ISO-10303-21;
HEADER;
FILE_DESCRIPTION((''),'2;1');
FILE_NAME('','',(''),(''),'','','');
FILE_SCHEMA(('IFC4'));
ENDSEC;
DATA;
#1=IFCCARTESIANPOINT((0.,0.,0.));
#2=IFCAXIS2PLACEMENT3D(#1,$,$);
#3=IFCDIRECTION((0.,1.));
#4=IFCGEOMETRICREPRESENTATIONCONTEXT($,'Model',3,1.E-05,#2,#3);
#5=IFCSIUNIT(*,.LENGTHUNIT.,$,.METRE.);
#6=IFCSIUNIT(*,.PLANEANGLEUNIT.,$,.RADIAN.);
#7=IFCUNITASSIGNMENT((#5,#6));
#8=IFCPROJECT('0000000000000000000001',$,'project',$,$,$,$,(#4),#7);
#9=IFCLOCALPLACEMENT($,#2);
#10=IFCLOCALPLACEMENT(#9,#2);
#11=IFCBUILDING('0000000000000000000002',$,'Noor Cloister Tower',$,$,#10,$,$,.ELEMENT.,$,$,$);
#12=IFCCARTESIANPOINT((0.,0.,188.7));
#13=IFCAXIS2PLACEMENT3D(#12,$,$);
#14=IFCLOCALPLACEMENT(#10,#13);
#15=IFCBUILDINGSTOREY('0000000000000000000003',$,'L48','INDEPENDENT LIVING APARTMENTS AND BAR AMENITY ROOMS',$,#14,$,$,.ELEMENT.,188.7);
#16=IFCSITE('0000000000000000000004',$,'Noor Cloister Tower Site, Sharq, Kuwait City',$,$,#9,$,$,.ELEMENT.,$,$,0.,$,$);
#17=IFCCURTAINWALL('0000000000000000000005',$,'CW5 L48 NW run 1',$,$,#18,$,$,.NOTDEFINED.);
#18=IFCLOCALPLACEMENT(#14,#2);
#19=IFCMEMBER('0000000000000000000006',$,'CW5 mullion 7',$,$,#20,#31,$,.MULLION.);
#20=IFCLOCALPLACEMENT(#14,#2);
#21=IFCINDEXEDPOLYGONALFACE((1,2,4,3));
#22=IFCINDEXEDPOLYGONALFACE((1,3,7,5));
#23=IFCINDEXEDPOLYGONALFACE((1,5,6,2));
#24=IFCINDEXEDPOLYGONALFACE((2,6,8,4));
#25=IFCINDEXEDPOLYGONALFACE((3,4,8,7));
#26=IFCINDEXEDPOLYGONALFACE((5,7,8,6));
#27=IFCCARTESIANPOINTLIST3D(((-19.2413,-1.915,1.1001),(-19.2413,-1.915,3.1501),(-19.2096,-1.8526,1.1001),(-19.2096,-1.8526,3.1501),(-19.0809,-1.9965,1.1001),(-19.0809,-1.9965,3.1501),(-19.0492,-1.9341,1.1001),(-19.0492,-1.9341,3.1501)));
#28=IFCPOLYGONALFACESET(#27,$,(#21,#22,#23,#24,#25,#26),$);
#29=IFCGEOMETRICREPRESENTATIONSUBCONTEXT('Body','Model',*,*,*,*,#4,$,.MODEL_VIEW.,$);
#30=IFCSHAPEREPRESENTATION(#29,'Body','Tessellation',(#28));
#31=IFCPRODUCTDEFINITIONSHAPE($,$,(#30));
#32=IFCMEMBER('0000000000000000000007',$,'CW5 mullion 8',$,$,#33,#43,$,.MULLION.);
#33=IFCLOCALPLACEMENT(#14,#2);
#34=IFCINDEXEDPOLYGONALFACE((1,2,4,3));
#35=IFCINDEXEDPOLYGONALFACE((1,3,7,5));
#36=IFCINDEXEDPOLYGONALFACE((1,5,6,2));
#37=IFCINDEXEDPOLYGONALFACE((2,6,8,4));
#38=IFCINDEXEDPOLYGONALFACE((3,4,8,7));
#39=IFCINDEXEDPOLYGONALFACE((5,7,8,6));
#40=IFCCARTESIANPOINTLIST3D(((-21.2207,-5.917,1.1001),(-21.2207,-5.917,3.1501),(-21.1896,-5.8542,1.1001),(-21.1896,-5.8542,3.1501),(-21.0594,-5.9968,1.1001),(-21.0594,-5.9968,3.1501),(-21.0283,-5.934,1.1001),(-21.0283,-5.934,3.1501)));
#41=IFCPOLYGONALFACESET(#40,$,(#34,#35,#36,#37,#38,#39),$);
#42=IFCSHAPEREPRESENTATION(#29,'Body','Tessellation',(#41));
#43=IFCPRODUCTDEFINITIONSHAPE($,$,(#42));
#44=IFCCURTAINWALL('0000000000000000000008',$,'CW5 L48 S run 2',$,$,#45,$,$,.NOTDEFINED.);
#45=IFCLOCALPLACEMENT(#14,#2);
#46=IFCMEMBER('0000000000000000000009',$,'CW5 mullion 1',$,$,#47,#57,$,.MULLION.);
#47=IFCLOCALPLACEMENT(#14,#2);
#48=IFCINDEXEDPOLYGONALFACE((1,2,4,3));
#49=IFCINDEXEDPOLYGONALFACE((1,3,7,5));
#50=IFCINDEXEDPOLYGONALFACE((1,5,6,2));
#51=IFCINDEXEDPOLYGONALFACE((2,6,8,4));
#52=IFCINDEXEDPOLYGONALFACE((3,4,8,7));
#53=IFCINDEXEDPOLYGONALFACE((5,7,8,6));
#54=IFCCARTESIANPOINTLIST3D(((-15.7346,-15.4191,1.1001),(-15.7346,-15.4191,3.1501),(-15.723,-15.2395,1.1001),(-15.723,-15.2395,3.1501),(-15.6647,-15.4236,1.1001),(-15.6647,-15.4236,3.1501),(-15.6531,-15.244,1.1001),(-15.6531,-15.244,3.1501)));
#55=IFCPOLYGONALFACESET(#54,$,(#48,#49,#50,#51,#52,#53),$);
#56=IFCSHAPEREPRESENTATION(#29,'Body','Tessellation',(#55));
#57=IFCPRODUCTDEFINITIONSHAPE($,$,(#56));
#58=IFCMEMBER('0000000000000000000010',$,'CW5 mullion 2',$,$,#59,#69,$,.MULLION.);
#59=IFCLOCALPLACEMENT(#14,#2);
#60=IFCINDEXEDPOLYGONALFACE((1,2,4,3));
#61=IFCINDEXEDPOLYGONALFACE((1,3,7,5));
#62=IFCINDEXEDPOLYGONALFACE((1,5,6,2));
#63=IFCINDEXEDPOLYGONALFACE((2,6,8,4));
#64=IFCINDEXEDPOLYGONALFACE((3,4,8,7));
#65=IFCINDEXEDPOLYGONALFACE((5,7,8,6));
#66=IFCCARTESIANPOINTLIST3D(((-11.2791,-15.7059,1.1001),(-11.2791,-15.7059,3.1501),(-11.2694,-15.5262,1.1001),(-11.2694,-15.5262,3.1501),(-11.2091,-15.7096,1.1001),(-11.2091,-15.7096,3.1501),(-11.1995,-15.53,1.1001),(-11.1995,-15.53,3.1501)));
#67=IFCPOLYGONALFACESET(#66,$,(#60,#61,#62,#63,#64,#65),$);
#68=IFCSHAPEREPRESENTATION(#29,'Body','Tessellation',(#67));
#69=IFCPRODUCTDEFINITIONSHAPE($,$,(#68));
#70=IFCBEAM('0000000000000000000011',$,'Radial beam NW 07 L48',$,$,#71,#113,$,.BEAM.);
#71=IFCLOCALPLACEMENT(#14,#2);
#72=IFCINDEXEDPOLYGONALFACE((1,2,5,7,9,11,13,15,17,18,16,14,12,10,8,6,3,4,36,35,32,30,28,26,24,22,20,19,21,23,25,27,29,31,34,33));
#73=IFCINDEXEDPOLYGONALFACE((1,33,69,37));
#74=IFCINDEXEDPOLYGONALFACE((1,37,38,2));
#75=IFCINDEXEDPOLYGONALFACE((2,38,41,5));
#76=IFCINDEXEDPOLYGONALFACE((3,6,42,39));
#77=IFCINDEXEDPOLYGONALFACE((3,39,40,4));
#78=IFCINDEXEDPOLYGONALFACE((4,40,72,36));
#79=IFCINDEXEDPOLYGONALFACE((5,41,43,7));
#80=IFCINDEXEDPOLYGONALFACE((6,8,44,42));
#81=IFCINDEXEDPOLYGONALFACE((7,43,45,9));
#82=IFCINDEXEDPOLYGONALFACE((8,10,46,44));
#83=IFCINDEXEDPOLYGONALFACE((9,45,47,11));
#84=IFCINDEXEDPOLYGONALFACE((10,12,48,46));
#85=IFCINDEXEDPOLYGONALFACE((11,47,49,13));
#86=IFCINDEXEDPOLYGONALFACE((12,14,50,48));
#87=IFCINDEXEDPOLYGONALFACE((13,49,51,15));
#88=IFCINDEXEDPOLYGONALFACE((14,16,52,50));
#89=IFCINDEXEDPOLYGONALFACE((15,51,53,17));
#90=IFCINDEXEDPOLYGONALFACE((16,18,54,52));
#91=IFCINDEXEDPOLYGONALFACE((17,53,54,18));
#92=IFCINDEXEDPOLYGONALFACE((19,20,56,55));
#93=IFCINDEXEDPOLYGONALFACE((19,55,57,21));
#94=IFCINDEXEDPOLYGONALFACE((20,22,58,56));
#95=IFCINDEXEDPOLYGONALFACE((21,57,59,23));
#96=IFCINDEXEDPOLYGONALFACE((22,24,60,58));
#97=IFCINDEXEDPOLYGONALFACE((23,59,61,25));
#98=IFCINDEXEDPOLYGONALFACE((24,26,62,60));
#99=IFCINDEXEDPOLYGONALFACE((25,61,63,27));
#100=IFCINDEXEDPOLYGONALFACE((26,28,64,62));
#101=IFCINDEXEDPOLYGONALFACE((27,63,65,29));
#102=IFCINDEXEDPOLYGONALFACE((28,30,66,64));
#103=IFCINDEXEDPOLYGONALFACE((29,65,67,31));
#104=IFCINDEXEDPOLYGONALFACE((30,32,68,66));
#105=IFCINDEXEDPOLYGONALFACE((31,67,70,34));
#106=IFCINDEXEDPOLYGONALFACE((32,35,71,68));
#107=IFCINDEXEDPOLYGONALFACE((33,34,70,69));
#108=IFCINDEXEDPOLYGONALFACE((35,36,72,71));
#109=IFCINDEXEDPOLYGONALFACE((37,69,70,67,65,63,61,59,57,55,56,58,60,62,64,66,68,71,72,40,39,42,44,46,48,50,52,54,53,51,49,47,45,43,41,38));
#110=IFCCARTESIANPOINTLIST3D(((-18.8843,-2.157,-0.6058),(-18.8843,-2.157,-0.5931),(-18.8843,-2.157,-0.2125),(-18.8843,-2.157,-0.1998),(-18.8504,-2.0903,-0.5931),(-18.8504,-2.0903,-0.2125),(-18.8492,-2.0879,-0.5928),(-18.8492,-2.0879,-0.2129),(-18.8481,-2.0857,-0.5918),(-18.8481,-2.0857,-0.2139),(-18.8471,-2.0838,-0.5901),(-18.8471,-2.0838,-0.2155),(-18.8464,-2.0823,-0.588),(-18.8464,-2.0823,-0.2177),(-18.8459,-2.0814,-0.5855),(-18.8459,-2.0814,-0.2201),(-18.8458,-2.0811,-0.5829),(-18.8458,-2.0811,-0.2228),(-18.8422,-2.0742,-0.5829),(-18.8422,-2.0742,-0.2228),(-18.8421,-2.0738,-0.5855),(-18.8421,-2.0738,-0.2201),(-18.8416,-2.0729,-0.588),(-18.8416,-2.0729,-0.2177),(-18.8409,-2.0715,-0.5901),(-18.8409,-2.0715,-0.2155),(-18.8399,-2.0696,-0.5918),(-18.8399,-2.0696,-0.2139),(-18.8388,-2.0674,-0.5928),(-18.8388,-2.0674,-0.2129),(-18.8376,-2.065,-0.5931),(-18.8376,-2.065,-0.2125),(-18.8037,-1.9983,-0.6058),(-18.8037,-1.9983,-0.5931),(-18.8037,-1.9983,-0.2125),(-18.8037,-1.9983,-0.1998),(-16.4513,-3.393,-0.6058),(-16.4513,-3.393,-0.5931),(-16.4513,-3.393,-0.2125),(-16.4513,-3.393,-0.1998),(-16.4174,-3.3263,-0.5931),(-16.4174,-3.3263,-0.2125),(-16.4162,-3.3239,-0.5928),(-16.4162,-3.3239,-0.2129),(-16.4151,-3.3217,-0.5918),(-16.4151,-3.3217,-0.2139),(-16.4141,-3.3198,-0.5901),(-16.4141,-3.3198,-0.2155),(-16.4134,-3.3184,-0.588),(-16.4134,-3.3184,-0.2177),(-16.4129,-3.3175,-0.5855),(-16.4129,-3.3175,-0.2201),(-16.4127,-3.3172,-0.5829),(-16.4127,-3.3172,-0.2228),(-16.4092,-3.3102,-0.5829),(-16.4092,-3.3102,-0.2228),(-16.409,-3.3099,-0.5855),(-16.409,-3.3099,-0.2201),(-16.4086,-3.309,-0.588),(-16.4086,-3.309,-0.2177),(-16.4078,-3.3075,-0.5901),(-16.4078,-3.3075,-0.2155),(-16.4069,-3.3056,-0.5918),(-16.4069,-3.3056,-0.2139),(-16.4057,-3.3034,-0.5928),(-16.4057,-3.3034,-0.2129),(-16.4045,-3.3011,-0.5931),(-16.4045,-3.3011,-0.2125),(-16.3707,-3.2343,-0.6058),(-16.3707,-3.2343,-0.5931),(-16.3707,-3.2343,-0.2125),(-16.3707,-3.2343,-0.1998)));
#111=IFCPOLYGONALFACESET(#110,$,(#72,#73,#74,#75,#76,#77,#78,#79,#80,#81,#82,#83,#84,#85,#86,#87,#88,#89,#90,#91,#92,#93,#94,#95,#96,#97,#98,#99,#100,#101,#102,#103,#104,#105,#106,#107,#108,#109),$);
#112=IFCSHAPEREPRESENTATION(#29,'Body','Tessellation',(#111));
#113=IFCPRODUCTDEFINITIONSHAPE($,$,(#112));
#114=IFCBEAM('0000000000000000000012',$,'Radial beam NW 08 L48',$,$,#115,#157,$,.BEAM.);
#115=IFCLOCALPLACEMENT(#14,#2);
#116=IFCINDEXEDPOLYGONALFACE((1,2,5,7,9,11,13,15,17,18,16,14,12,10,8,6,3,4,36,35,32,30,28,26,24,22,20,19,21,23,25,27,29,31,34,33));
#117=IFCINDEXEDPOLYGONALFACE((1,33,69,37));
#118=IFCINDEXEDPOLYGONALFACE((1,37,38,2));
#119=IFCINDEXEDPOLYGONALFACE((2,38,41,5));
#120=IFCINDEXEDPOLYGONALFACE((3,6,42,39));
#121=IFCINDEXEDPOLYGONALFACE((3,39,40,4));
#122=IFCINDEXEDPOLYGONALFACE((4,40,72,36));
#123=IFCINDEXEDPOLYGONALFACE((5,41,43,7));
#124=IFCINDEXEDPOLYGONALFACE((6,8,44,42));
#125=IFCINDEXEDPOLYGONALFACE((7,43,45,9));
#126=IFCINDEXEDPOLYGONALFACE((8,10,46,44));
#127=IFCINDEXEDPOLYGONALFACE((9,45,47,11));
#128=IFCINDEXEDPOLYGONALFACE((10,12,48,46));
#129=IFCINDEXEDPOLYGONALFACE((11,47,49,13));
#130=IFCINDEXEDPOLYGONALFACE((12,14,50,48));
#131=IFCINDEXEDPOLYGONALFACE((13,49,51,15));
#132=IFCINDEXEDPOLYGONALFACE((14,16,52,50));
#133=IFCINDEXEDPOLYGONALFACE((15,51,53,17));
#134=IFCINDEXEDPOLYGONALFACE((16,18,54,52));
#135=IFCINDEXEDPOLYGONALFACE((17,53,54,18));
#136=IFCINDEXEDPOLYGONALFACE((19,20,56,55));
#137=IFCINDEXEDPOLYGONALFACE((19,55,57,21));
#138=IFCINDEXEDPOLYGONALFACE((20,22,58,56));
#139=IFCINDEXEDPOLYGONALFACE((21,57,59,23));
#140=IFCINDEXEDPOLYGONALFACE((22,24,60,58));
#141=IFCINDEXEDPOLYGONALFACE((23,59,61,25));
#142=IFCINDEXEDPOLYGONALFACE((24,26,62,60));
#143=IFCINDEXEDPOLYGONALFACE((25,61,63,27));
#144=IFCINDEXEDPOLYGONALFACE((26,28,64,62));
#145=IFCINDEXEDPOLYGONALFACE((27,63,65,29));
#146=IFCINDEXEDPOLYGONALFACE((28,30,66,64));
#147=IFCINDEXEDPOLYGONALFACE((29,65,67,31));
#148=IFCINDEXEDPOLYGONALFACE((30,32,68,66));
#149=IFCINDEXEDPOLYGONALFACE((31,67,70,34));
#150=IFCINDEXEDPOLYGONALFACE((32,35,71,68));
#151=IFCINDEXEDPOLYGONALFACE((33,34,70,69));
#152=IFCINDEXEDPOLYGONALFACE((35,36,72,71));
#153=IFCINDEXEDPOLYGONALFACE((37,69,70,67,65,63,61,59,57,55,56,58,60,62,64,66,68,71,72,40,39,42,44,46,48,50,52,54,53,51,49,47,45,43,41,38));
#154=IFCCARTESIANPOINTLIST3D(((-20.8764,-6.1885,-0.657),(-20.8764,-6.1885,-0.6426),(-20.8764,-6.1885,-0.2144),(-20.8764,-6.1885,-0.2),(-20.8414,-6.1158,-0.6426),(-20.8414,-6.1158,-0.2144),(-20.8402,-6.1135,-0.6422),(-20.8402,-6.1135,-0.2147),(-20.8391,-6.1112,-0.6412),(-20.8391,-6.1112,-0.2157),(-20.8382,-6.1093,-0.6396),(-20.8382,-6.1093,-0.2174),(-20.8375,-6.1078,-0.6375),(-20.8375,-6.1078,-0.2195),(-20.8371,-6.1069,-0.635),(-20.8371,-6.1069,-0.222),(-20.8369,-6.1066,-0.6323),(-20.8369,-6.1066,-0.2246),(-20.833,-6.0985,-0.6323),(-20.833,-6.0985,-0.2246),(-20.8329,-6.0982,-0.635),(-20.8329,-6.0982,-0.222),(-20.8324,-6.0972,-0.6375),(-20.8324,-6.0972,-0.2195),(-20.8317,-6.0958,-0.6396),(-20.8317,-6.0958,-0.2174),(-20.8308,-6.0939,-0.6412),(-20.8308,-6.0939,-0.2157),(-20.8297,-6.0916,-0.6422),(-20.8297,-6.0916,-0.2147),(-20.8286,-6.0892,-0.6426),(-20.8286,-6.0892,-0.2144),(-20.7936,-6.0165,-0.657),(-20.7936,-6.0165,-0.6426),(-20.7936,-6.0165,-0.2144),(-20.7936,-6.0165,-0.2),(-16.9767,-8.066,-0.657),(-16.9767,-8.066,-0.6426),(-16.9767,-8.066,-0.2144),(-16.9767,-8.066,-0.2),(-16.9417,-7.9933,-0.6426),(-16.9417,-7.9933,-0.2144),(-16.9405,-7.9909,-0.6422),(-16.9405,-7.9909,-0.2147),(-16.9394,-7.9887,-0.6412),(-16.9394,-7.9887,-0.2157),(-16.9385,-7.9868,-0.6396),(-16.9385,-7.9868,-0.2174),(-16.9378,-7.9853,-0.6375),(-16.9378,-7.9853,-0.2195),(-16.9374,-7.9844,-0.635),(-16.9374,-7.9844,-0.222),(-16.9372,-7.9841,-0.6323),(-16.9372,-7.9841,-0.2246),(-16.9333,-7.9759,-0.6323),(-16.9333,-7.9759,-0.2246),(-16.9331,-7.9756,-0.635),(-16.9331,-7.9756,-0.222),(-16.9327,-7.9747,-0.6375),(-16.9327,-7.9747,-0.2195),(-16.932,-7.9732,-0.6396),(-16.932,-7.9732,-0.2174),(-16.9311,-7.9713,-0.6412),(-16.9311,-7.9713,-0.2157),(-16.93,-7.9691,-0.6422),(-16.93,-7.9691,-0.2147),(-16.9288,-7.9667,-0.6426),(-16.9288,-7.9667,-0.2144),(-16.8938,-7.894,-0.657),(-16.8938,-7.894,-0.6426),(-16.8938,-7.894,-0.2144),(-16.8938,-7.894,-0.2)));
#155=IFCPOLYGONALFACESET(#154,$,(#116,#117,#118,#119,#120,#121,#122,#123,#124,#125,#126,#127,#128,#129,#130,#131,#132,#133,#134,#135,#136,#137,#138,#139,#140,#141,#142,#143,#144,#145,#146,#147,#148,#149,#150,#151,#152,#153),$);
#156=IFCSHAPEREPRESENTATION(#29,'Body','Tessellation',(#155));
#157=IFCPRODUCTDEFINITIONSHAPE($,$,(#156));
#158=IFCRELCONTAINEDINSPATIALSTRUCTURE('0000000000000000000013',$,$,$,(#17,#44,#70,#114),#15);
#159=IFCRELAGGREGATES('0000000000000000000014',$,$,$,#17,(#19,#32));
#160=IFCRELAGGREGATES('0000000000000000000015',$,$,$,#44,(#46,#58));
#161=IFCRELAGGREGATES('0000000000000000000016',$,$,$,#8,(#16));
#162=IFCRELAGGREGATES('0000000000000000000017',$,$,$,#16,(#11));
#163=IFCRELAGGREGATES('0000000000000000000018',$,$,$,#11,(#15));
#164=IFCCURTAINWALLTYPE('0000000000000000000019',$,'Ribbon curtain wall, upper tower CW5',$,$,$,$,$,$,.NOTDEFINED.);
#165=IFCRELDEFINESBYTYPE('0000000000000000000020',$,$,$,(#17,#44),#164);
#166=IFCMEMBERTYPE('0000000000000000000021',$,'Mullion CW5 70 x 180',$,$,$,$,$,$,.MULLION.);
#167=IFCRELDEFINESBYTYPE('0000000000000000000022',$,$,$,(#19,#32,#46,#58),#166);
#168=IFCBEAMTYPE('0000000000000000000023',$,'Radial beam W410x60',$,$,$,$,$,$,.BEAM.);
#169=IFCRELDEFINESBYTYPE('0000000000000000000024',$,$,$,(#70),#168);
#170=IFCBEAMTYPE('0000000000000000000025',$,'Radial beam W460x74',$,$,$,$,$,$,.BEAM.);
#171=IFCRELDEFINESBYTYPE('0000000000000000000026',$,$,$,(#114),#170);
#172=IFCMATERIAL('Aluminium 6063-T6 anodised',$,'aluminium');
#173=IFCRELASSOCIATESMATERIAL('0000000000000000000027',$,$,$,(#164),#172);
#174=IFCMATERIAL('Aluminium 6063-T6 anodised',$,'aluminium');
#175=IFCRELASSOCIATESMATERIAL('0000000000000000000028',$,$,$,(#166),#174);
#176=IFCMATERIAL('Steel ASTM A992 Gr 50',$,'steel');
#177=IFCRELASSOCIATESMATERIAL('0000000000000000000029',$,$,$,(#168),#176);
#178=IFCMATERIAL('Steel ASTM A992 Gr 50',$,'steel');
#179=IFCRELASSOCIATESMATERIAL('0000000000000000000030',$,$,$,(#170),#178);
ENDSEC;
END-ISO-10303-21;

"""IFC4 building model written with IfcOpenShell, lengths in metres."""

from ifc_helpers import new_model, si_unit, direction, frame, origin, origin_2d, place, context, subcontext, project, spatial, rectangle, i_section, extrude, material, material_profile, profile_set, type_object, element, aggregate, save


model = new_model("IFC4")

# Units and contexts
model_context = context("Model", 3, precision=1e-05, world=origin(), true_north=direction((0.0, 1.0)))
body_context = subcontext(model_context, "Body", "Model", "MODEL_VIEW")
ifc_project = project(units=[si_unit("LENGTHUNIT", "METRE"), si_unit("PLANEANGLEUNIT", "RADIAN")], contexts=[model_context])

# Site, building, storey
site_placement = place(None, origin())
site = spatial("IfcSite", under=ifc_project, at=site_placement, Name="Noor Cloister Tower Site, Sharq, Kuwait City", CompositionType="ELEMENT", RefElevation=0.0)
building_placement = place(site_placement, origin())
building = spatial("IfcBuilding", under=site, at=building_placement, Name="Noor Cloister Tower", CompositionType="ELEMENT")
storey_placement = place(building_placement, frame((0.0, 0.0, 188.7)))
storey = spatial("IfcBuildingStorey", under=building, at=storey_placement, Name="L48", Description="INDEPENDENT LIVING APARTMENTS AND BAR AMENITY ROOMS", CompositionType="ELEMENT", Elevation=188.7)

# Curtain walls, members
ifc_material_1 = material(Name="Aluminium 6063-T6 anodised", Category="aluminium")
curtain_wall_type = type_object("IfcCurtainWallType", Name="Ribbon curtain wall, upper tower CW5", PredefinedType="NOTDEFINED", material=ifc_material_1)
curtain_wall_1_placement = place(storey_placement, origin())
curtain_wall_1 = element("IfcCurtainWall", 1, at=curtain_wall_1_placement, inside=storey, type_object=curtain_wall_type, Name="CW5 L48 NW run 1", PredefinedType="NOTDEFINED")
ifc_material_2 = material(Name="Aluminium 6063-T6 anodised", Category="aluminium")
ifc_material_profile_1 = material_profile(ifc_material_2, rectangle(XDim=0.1799, YDim=0.0701, at=origin_2d()), Name="180 x 70 mullion")
ifc_profile_set_1 = profile_set([ifc_material_profile_1], Name="Aluminium 6063-T6 anodised")
member_type = type_object("IfcMemberType", Name="Mullion CW5 70 x 180", PredefinedType="MULLION", material=ifc_profile_set_1)
member_1_placement = place(storey_placement, frame((-19.1453, -1.9246, 1.1001), z_axis=(0.0, 0.0, 1.0), x_axis=(0.891533, -0.452956, 0.0)))
member_1 = element("IfcMember", 2, at=member_1_placement, type_object=member_type, Name="CW5 mullion 7", PredefinedType="MULLION", context=body_context, shape_type="SweptSolid", body=[
    extrude(rectangle(XDim=0.1799, YDim=0.0701, at=origin_2d()), origin(), (0.0, 0.0, 1.0), 2.05),
])
member_2_placement = place(storey_placement, frame((-21.1245, -5.9255, 1.1001), z_axis=(0.0, 0.0, 1.0), x_axis=(0.89633, -0.443388, 0.0)))
member_2 = element("IfcMember", 3, at=member_2_placement, type_object=member_type, Name="CW5 mullion 8", PredefinedType="MULLION", context=body_context, shape_type="SweptSolid", body=[
    extrude(rectangle(XDim=0.1799, YDim=0.0701, at=origin_2d()), origin(), (0.0, 0.0, 1.0), 2.05),
])
curtain_wall_2_placement = place(storey_placement, origin())
curtain_wall_2 = element("IfcCurtainWall", 4, at=curtain_wall_2_placement, inside=storey, type_object=curtain_wall_type, Name="CW5 L48 S run 2", PredefinedType="NOTDEFINED")
member_3_placement = place(storey_placement, frame((-15.6938, -15.3315, 1.1001), z_axis=(0.0, 0.0, 1.0), x_axis=(0.06418, 0.997938, 0.0)))
member_3 = element("IfcMember", 5, at=member_3_placement, type_object=member_type, Name="CW5 mullion 1", PredefinedType="MULLION", context=body_context, shape_type="SweptSolid", body=[
    extrude(rectangle(XDim=0.1799, YDim=0.0701, at=origin_2d()), origin(), (0.0, 0.0, 1.0), 2.05),
])
member_4_placement = place(storey_placement, frame((-11.2393, -15.6179, 1.1001), z_axis=(0.0, 0.0, 1.0), x_axis=(0.053495, 0.998568, 0.0)))
member_4 = element("IfcMember", 6, at=member_4_placement, type_object=member_type, Name="CW5 mullion 2", PredefinedType="MULLION", context=body_context, shape_type="SweptSolid", body=[
    extrude(rectangle(XDim=0.1799, YDim=0.0701, at=origin_2d()), origin(), (0.0, 0.0, 1.0), 2.05),
])

# Beams
ifc_material_3 = material(Name="Steel ASTM A992 Gr 50", Category="steel")
ifc_material_profile_2 = material_profile(ifc_material_3, i_section(OverallWidth=0.178, OverallDepth=0.406, WebThickness=0.0078, FlangeThickness=0.0127, FilletRadius=0.0103, at=origin_2d()), Name="W410x60")
ifc_profile_set_2 = profile_set([ifc_material_profile_2], Name="Steel ASTM A992 Gr 50")
beam_type_1 = type_object("IfcBeamType", Name="Radial beam W410x60", PredefinedType="BEAM", material=ifc_profile_set_2)
beam_1_placement = place(storey_placement, frame((-18.844, -2.0776, -0.4028), z_axis=(0.891546, -0.45293, 0.0), x_axis=(0.45293, 0.891546, 0.0)))
element("IfcBeam", 7, at=beam_1_placement, inside=storey, type_object=beam_type_1, Name="Radial beam NW 07 L48", PredefinedType="BEAM", context=body_context, shape_type="SweptSolid", body=[
    extrude(i_section(OverallWidth=0.178, OverallDepth=0.406, WebThickness=0.0078, FlangeThickness=0.0127, FilletRadius=0.0103, at=origin_2d()), origin(), (0.0, 0.0, 1.0), 2.729),
])
ifc_material_4 = material(Name="Steel ASTM A992 Gr 50", Category="steel")
ifc_material_profile_3 = material_profile(ifc_material_4, i_section(OverallWidth=0.1909, OverallDepth=0.457, WebThickness=0.009, FlangeThickness=0.0144, FilletRadius=0.0103, at=origin_2d()), Name="W460x74")
ifc_profile_set_3 = profile_set([ifc_material_profile_3], Name="Steel ASTM A992 Gr 50")
beam_type_2 = type_object("IfcBeamType", Name="Radial beam W460x74", PredefinedType="BEAM", material=ifc_profile_set_3)
beam_2_placement = place(storey_placement, frame((-20.835, -6.1025, -0.4285), z_axis=(0.901017, -0.433783, 0.0), x_axis=(0.433783, 0.901017, 0.0)))
element("IfcBeam", 8, at=beam_2_placement, inside=storey, type_object=beam_type_2, Name="Radial beam NW 08 L48", PredefinedType="BEAM", context=body_context, shape_type="SweptSolid", body=[
    extrude(i_section(OverallWidth=0.1909, OverallDepth=0.457, WebThickness=0.009, FlangeThickness=0.0144, FilletRadius=0.0103, at=origin_2d()), origin(), (0.0, 0.0, 1.0), 4.3281),
])

aggregate(curtain_wall_1, [member_1, member_2])
aggregate(curtain_wall_2, [member_3, member_4])

save(model, "model.ifc")
